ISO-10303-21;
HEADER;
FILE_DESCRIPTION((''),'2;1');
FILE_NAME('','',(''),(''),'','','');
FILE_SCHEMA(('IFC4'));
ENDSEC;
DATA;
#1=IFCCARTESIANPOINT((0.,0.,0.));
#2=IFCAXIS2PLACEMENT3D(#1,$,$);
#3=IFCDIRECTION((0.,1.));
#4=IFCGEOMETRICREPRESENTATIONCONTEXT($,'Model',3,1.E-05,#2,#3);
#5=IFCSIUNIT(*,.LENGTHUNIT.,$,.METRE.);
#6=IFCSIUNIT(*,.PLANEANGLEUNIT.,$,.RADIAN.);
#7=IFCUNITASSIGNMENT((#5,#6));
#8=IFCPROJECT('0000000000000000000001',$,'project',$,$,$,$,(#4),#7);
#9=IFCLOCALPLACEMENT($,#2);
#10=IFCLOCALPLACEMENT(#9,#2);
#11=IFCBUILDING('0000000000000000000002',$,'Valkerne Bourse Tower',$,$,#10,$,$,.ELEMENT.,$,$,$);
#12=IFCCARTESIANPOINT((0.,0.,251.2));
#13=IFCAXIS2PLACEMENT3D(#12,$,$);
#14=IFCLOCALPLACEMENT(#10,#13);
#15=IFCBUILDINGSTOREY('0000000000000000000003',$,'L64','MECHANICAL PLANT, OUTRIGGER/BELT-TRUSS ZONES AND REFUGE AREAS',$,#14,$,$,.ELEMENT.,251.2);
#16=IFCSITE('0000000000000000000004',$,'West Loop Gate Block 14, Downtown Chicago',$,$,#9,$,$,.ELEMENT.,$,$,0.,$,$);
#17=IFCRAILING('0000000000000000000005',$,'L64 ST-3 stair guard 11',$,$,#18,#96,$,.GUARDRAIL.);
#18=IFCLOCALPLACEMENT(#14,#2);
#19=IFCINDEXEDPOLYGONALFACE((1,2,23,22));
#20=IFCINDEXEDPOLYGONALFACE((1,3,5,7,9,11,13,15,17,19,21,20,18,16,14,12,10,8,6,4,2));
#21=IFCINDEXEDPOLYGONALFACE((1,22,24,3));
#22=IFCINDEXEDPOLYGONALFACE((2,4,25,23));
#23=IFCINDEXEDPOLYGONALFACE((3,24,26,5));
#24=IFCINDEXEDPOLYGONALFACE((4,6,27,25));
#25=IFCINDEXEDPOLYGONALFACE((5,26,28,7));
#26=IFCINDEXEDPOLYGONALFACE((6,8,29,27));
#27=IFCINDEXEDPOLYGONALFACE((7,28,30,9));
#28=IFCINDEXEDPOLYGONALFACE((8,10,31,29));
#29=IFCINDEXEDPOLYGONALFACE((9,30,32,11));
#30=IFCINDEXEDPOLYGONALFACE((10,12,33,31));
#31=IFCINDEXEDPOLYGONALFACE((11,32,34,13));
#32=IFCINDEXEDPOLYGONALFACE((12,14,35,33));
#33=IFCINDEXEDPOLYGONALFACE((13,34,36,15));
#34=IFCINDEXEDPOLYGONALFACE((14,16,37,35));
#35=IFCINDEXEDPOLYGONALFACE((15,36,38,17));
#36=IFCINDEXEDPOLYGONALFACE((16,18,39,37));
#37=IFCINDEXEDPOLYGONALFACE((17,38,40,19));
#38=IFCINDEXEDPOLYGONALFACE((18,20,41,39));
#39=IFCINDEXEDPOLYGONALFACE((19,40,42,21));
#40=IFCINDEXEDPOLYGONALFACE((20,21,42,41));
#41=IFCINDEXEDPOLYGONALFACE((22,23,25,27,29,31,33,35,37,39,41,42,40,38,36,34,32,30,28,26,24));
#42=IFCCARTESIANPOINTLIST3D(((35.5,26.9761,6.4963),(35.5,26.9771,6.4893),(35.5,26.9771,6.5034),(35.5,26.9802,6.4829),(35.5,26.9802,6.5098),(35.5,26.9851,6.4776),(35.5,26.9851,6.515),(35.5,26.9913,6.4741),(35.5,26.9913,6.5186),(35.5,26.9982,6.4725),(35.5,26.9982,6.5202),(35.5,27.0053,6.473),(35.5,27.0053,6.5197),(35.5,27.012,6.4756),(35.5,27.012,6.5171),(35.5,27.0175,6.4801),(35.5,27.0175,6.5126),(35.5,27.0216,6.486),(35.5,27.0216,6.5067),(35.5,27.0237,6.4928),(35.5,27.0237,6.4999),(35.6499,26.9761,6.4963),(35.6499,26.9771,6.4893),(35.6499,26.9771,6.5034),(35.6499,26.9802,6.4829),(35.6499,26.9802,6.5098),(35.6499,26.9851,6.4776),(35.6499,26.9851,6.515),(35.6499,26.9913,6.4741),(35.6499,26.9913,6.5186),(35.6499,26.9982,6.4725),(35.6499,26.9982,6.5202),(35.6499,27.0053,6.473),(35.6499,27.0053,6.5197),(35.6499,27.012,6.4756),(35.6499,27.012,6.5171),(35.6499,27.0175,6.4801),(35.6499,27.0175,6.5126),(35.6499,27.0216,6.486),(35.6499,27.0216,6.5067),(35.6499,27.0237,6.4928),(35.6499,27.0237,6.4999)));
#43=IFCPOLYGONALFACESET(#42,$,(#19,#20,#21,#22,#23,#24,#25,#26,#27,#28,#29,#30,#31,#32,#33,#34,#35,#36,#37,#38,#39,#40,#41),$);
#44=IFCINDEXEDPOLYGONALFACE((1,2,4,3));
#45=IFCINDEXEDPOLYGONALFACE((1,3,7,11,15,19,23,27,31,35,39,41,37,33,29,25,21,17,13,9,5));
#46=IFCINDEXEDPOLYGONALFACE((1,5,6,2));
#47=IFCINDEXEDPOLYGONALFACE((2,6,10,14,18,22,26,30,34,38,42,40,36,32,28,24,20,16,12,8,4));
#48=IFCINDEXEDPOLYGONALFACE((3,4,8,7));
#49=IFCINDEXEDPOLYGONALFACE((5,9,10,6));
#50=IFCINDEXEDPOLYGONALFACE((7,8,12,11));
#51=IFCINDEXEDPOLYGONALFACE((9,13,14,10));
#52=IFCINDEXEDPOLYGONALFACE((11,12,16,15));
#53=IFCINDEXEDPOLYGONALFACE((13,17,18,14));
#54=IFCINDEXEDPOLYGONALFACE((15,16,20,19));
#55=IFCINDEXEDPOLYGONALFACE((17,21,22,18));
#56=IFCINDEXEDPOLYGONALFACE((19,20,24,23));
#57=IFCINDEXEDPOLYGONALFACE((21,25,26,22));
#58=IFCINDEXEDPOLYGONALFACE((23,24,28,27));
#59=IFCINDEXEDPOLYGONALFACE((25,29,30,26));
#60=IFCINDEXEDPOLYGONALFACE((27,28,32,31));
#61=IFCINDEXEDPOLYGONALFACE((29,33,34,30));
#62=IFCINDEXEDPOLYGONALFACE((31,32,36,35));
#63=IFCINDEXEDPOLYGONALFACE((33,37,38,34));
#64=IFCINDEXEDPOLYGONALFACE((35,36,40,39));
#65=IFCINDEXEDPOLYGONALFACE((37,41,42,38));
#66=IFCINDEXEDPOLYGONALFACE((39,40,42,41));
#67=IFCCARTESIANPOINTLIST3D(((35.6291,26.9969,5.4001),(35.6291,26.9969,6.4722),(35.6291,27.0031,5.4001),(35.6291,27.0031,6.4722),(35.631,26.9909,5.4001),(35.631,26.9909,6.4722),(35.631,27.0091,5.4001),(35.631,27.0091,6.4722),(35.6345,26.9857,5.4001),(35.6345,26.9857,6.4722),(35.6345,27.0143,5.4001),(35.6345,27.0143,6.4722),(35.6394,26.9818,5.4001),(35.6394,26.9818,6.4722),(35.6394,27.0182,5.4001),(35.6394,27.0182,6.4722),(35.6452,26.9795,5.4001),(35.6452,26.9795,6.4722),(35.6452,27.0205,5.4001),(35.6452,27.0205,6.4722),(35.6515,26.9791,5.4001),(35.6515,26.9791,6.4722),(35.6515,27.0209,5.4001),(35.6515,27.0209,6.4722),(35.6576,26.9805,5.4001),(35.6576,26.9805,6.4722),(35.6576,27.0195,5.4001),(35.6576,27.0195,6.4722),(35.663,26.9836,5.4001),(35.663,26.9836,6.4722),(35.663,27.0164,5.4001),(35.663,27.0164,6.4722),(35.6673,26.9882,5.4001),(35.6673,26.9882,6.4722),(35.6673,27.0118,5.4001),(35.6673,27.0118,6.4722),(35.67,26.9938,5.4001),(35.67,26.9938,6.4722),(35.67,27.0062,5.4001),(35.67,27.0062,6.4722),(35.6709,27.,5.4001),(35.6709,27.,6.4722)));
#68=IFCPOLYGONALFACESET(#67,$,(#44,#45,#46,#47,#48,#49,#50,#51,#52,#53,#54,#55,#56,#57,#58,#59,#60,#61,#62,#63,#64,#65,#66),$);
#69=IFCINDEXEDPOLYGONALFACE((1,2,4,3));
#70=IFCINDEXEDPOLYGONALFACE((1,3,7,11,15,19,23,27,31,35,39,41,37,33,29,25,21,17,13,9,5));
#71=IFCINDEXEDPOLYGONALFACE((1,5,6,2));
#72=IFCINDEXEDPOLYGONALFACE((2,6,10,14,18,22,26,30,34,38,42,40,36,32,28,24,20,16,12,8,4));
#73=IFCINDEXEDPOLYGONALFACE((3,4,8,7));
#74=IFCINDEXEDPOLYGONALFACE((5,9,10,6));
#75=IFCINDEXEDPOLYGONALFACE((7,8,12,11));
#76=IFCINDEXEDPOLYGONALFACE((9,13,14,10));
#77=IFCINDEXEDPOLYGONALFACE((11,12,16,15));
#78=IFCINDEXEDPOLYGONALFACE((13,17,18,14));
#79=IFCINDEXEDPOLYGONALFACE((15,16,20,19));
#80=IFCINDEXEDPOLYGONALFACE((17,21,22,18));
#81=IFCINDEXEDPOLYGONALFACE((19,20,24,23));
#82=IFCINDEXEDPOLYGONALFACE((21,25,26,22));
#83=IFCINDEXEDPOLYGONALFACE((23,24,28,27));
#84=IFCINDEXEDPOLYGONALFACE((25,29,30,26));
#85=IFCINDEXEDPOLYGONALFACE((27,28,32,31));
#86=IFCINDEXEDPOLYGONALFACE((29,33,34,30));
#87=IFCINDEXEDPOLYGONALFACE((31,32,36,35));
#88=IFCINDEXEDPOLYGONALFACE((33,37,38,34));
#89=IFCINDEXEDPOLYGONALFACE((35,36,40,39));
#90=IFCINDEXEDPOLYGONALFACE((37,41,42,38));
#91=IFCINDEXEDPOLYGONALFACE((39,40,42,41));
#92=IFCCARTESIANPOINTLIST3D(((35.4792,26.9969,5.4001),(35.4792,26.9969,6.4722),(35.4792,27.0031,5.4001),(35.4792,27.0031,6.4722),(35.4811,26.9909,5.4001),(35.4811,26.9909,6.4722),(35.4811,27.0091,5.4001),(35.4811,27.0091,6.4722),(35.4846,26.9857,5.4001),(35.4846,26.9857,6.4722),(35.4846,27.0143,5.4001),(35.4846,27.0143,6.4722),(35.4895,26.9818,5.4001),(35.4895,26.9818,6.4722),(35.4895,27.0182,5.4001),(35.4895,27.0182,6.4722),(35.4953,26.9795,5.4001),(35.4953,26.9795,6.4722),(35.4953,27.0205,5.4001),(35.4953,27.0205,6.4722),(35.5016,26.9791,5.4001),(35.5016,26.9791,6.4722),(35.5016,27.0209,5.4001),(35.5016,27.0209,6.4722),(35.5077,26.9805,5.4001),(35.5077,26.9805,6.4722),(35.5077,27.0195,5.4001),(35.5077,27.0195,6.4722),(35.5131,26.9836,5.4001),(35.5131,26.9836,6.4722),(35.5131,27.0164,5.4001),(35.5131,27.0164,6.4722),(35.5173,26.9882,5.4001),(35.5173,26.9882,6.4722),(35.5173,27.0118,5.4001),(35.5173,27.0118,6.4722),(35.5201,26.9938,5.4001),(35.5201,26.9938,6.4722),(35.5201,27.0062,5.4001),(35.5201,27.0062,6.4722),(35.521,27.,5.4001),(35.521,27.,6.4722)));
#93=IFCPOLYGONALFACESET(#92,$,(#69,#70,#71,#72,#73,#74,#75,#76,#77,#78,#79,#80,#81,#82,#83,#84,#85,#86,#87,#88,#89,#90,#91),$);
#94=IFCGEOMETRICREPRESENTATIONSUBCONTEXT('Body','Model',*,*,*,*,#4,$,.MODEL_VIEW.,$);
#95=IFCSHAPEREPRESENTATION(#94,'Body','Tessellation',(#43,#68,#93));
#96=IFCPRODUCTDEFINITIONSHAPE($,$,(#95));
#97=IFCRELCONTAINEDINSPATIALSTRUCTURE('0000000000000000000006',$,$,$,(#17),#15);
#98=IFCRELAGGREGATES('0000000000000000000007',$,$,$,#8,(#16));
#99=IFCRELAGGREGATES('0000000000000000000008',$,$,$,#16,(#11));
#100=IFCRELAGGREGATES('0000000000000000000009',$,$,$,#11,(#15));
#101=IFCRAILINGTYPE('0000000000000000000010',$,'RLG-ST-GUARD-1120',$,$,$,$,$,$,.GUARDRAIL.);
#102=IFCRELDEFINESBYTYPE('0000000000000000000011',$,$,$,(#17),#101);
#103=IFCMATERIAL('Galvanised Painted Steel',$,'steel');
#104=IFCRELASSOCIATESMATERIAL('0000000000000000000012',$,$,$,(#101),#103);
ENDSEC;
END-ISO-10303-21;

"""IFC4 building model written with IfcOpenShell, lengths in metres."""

from ifc_helpers import new_model, si_unit, direction, frame, origin, origin_2d, place, context, subcontext, project, spatial, circle, extrude, material, type_object, element, save


model = new_model("IFC4")

# Units and contexts
model_context = context("Model", 3, precision=1e-05, world=origin(), true_north=direction((0.0, 1.0)))
body_context = subcontext(model_context, "Body", "Model", "MODEL_VIEW")
ifc_project = project(units=[si_unit("LENGTHUNIT", "METRE"), si_unit("PLANEANGLEUNIT", "RADIAN")], contexts=[model_context])

# Site, building, storey
site_placement = place(None, origin())
site = spatial("IfcSite", under=ifc_project, at=site_placement, Name="West Loop Gate Block 14, Downtown Chicago", CompositionType="ELEMENT", RefElevation=0.0)
building_placement = place(site_placement, origin())
building = spatial("IfcBuilding", under=site, at=building_placement, Name="Valkerne Bourse Tower", CompositionType="ELEMENT")
storey_placement = place(building_placement, frame((0.0, 0.0, 251.2)))
storey = spatial("IfcBuildingStorey", under=building, at=storey_placement, Name="L64", Description="MECHANICAL PLANT, OUTRIGGER/BELT-TRUSS ZONES AND REFUGE AREAS", CompositionType="ELEMENT", Elevation=251.2)

# Railing
ifc_material_1 = material(Name="Galvanised Painted Steel", Category="steel")
railing_type_1 = type_object("IfcRailingType", Name="RLG-ST-GUARD-1120", PredefinedType="GUARDRAIL", material=ifc_material_1)
railing_1_placement = place(storey_placement, frame((35.6499, 27.0, 5.4001)))
element("IfcRailing", 1, at=railing_1_placement, inside=storey, type_object=railing_type_1, Name="L64 ST-3 stair guard 11", PredefinedType="GUARDRAIL", context=body_context, shape_type="SweptSolid", body=[
    extrude(circle(Radius=0.0239, at=origin_2d()), frame((0.0, 0.0, 1.0962), z_axis=(-1.0, 0.0, 0.0), x_axis=(0.0, -1.0, 0.0)), (0.0, 0.0, 1.0), 0.1499),
    extrude(circle(Radius=0.021, at=origin_2d()), origin(), (0.0, 0.0, 1.0), 1.072),
    extrude(circle(Radius=0.021, at=origin_2d()), frame((-0.1499, 0.0, 0.0)), (0.0, 0.0, 1.0), 1.072),
])

save(model, "model.ifc")
